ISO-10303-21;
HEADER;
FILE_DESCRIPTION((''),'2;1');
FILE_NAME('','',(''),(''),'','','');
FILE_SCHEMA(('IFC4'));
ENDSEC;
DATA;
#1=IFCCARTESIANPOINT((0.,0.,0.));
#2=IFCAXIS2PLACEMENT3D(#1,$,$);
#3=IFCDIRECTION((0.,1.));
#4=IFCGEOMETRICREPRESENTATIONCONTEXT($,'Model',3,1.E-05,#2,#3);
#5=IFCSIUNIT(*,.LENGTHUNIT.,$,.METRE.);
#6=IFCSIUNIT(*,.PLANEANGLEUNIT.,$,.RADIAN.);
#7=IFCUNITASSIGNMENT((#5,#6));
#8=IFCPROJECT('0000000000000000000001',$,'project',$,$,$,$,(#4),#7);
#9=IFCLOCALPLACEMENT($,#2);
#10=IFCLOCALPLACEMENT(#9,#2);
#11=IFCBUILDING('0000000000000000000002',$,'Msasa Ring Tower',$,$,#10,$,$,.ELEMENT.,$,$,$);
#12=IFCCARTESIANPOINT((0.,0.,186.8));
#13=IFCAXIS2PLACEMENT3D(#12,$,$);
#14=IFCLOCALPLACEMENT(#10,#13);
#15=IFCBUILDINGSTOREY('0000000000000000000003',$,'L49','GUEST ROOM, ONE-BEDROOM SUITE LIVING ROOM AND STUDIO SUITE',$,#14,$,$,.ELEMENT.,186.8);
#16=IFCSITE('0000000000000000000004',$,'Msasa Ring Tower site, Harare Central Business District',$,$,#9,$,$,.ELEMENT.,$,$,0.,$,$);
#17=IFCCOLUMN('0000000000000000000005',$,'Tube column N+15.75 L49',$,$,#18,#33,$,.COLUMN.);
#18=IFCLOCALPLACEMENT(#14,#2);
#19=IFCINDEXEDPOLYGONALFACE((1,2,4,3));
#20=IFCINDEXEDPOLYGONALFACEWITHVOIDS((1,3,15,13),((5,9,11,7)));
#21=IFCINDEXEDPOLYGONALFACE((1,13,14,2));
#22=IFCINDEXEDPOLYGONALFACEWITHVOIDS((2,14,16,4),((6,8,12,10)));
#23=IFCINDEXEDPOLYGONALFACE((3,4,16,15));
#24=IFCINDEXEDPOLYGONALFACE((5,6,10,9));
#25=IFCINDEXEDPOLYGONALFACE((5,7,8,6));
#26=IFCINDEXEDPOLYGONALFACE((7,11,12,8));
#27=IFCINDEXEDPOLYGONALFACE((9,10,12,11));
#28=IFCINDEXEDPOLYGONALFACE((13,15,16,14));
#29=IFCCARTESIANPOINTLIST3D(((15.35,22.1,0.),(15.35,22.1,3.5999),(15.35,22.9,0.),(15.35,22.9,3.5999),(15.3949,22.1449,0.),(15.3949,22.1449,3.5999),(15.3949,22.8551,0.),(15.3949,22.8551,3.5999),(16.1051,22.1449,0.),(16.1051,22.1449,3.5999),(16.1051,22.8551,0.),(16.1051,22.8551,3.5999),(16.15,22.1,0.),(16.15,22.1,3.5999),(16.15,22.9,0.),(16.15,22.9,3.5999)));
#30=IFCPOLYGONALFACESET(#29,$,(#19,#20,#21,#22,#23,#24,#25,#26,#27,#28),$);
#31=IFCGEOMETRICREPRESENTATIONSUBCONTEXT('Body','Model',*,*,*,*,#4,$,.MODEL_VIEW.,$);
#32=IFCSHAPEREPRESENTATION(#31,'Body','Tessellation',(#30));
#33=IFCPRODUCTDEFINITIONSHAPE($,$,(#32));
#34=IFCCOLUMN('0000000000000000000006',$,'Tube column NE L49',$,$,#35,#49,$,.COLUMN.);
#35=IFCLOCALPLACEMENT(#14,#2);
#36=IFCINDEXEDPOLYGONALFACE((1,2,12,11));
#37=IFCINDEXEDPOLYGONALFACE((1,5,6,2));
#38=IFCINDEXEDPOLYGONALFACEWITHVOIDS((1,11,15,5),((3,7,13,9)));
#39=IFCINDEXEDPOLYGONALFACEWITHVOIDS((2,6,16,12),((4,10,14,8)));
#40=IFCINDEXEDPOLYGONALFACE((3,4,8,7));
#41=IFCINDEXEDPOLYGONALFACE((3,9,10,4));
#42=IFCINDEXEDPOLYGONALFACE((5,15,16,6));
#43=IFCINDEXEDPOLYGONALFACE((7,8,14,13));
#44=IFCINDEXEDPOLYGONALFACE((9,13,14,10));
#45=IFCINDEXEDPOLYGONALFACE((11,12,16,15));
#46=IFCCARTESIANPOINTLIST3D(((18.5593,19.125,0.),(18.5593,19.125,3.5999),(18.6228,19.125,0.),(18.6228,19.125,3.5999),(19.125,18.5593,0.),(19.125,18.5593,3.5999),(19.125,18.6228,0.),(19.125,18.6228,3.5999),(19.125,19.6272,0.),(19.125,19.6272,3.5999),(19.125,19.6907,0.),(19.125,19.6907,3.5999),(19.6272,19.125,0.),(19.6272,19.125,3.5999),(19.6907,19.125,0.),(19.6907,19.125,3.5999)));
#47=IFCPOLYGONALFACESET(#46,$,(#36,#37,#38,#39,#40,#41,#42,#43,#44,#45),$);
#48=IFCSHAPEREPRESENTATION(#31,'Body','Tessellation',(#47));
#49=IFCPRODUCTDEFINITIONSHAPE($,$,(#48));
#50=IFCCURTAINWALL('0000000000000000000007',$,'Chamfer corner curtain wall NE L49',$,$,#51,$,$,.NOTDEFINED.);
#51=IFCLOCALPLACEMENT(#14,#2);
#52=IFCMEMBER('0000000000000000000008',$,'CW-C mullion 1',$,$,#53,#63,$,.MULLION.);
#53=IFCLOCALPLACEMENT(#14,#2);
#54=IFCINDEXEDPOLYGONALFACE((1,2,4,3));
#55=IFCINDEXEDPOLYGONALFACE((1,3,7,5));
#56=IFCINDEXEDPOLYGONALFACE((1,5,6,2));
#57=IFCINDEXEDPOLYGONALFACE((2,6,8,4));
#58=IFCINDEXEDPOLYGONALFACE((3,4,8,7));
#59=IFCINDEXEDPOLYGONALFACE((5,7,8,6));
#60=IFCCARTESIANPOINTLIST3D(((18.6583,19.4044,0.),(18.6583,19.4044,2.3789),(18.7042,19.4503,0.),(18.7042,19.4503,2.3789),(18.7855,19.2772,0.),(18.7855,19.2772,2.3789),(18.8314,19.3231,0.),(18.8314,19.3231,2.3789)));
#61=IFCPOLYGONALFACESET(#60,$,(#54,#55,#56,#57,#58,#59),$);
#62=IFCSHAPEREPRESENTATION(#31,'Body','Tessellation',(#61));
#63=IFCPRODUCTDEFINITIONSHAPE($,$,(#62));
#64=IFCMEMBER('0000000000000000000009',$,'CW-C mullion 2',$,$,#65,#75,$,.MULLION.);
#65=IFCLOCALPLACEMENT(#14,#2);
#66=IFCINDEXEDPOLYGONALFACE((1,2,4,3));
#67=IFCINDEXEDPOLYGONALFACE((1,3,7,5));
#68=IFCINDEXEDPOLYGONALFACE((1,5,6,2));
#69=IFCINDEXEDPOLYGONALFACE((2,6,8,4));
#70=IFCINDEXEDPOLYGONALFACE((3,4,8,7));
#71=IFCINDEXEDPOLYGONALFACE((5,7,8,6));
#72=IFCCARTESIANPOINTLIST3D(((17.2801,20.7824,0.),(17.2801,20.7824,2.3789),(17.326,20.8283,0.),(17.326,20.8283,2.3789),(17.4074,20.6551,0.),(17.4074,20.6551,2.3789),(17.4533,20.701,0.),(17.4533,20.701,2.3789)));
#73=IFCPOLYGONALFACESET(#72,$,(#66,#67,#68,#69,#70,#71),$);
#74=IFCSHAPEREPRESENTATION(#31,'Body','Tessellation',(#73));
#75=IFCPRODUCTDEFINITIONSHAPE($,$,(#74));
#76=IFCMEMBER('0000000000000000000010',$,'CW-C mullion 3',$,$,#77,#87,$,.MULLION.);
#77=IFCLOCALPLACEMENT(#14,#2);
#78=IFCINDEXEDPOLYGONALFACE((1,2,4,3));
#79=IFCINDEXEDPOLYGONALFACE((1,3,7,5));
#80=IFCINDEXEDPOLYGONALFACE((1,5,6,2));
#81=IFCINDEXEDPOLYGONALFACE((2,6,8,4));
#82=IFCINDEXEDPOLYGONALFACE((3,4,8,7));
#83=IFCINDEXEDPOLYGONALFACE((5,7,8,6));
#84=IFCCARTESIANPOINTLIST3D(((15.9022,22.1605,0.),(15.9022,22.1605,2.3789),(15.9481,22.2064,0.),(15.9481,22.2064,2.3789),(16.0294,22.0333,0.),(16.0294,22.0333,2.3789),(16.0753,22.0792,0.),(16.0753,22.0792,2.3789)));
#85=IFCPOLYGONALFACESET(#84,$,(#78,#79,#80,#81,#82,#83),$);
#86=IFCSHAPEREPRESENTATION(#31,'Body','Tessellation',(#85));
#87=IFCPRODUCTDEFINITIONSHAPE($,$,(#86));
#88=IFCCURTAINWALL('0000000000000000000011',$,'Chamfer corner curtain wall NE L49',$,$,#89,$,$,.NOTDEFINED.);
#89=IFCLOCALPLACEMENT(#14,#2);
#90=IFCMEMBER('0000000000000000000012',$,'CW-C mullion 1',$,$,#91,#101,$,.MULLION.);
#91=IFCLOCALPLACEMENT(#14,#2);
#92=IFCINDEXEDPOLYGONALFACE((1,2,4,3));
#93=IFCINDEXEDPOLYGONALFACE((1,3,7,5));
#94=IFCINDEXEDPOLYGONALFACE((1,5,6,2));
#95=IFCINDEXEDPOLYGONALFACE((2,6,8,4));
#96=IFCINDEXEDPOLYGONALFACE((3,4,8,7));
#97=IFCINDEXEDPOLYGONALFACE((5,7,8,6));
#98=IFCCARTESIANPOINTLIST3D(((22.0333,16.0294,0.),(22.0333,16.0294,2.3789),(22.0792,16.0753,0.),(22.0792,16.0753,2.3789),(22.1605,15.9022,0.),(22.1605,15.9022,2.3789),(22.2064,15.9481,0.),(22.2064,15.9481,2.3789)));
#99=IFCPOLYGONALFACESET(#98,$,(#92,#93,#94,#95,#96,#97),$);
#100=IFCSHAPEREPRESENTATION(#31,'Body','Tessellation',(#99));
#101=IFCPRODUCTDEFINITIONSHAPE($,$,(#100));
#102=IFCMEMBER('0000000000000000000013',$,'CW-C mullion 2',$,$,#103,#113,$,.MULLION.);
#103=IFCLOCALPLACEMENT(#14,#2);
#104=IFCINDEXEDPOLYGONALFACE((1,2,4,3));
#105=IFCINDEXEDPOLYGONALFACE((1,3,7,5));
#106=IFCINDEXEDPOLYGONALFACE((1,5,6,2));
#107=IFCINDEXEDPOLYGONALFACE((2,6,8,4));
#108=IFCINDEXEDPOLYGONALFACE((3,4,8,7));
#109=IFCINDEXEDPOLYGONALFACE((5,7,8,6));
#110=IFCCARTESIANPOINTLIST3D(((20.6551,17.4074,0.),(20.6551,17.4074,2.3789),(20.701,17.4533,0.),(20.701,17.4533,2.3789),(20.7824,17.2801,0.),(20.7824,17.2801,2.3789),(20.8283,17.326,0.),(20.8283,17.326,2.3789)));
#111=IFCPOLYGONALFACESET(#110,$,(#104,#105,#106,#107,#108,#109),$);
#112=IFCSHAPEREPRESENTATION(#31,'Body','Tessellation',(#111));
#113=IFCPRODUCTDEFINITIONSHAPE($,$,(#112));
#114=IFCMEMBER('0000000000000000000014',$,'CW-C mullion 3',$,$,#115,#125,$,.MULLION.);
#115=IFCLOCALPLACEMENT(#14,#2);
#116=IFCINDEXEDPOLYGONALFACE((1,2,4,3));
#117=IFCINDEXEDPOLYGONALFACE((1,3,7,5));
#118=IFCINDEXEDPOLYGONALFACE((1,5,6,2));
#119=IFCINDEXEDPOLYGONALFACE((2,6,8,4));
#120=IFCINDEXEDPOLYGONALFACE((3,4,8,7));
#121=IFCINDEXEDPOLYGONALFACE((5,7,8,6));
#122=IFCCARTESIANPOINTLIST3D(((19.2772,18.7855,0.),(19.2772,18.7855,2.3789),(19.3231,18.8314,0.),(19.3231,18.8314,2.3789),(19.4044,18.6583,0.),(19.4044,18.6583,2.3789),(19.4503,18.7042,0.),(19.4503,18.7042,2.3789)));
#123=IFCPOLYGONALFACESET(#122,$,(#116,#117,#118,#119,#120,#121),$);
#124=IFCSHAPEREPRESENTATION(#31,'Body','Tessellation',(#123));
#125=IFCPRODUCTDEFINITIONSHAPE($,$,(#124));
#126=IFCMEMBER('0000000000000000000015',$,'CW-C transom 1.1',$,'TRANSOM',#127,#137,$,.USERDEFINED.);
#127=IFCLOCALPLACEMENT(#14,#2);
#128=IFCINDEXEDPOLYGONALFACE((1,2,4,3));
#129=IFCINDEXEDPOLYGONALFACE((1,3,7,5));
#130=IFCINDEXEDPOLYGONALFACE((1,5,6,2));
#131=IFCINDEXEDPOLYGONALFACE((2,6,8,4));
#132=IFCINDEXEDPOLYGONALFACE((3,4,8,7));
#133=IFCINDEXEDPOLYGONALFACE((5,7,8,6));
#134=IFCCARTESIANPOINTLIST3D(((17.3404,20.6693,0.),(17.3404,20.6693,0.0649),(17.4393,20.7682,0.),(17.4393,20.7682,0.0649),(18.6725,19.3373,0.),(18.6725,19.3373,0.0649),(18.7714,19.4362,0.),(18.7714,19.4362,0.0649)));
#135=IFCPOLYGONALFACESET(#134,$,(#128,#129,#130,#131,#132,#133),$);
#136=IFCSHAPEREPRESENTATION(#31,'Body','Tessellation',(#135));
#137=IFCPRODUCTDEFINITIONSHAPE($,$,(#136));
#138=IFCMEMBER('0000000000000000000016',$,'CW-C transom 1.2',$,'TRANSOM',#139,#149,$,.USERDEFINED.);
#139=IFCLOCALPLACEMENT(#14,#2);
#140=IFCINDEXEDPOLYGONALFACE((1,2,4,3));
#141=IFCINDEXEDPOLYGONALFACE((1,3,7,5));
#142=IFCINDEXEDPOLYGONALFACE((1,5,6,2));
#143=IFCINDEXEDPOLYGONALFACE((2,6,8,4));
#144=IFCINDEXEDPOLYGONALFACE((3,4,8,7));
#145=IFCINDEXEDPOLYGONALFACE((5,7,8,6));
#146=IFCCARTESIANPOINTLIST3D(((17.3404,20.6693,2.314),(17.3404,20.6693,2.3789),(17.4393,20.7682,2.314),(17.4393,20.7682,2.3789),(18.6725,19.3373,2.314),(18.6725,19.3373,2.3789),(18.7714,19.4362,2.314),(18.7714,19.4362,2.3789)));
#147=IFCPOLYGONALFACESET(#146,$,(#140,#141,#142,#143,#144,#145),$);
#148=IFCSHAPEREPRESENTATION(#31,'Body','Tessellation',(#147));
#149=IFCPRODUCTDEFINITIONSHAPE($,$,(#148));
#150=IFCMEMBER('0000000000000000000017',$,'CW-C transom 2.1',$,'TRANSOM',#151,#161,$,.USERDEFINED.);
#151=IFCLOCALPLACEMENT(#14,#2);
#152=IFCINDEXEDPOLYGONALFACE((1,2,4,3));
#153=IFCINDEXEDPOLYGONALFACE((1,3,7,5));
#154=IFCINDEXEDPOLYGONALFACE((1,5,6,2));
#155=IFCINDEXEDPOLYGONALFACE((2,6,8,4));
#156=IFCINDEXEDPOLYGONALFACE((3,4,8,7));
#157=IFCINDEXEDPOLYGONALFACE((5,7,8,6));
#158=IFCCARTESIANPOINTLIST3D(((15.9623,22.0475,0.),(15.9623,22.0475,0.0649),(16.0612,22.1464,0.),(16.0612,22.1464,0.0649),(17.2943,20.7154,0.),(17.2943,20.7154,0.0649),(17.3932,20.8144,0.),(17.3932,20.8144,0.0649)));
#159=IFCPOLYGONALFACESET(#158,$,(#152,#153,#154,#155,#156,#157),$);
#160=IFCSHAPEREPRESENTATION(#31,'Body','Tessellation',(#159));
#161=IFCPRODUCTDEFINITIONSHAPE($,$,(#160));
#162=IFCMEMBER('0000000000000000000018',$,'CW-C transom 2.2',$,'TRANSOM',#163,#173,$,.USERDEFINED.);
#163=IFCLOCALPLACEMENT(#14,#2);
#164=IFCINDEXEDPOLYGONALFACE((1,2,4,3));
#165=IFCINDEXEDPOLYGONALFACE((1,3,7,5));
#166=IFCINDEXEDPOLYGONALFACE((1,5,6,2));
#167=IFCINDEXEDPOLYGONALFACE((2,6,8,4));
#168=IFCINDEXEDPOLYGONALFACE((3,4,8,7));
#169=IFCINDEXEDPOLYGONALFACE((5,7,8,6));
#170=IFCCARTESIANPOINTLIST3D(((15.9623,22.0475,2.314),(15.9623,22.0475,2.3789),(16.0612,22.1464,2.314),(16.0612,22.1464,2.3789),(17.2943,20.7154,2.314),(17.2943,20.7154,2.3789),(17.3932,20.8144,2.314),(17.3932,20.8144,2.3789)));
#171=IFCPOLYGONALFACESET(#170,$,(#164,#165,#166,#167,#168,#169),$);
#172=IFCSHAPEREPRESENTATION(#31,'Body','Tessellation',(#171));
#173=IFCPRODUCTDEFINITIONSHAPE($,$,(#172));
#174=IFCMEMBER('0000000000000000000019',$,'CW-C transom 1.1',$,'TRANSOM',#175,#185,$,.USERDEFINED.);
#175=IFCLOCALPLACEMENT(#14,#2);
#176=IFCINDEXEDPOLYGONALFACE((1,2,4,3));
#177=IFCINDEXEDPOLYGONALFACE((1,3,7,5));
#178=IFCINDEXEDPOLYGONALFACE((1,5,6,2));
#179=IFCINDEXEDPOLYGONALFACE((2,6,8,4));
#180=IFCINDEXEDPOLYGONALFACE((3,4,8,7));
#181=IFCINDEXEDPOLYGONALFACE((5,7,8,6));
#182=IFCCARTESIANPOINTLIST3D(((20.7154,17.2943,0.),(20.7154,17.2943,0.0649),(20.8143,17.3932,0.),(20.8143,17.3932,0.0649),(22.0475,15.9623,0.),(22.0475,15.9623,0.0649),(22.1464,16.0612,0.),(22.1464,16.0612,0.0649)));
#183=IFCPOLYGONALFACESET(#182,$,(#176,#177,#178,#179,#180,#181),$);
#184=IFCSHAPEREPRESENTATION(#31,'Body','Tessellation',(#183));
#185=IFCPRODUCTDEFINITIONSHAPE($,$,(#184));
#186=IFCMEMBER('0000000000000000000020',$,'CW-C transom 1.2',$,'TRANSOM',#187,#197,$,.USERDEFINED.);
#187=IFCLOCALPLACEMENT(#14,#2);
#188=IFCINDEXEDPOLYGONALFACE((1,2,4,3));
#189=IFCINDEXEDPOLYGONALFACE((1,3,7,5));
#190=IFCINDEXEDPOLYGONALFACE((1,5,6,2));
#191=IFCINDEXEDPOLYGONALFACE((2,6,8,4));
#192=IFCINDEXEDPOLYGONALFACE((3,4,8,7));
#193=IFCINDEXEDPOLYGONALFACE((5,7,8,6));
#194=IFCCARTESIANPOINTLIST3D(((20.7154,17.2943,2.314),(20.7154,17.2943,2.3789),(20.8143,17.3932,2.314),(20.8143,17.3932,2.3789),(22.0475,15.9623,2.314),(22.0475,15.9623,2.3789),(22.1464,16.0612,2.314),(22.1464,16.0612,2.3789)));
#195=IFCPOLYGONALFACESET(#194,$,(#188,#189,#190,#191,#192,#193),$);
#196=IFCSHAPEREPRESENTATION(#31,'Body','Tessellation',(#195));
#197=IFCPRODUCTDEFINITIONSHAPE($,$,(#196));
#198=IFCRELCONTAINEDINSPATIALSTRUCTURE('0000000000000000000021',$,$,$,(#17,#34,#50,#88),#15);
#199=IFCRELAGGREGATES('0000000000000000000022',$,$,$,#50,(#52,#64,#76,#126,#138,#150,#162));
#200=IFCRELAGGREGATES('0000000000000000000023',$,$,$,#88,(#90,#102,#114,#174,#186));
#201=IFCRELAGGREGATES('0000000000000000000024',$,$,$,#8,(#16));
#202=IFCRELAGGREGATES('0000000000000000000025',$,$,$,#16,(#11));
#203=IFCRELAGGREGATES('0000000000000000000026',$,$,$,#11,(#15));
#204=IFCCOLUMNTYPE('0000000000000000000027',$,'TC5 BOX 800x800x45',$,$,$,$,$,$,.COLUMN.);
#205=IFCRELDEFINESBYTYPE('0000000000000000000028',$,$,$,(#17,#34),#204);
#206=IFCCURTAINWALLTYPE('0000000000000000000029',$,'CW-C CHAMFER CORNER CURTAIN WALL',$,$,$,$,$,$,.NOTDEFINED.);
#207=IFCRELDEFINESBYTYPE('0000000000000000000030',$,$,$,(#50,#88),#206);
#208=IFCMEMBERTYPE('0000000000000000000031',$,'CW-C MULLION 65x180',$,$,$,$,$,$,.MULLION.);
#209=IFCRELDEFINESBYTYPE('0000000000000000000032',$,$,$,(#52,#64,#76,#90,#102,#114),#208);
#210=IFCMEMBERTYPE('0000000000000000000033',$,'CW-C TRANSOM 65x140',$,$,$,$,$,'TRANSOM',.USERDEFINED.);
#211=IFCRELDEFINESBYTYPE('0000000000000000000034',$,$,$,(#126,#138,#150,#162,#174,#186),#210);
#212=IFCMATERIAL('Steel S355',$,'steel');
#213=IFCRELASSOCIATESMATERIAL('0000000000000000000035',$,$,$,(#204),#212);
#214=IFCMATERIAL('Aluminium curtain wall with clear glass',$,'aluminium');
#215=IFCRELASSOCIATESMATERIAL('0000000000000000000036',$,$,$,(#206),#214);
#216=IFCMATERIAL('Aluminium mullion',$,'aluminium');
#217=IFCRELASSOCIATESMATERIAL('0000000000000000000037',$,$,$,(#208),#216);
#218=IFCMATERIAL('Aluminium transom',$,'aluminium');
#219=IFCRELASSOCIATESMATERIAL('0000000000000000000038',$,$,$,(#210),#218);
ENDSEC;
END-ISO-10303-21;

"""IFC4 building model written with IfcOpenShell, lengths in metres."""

from ifc_helpers import new_model, si_unit, direction, frame, origin, origin_2d, place, context, subcontext, project, spatial, rectangle, hollow_rectangle, extrude, material, material_profile, profile_set, type_object, element, aggregate, save


model = new_model("IFC4")

# Units and contexts
model_context = context("Model", 3, precision=1e-05, world=origin(), true_north=direction((0.0, 1.0)))
body_context = subcontext(model_context, "Body", "Model", "MODEL_VIEW")
ifc_project = project(units=[si_unit("LENGTHUNIT", "METRE"), si_unit("PLANEANGLEUNIT", "RADIAN")], contexts=[model_context])

# Site, building, storey
site_placement = place(None, origin())
site = spatial("IfcSite", under=ifc_project, at=site_placement, Name="Msasa Ring Tower site, Harare Central Business District", CompositionType="ELEMENT", RefElevation=0.0)
building_placement = place(site_placement, origin())
building = spatial("IfcBuilding", under=site, at=building_placement, Name="Msasa Ring Tower", CompositionType="ELEMENT")
storey_placement = place(building_placement, frame((0.0, 0.0, 186.8)))
storey = spatial("IfcBuildingStorey", under=building, at=storey_placement, Name="L49", Description="GUEST ROOM, ONE-BEDROOM SUITE LIVING ROOM AND STUDIO SUITE", CompositionType="ELEMENT", Elevation=186.8)

# Columns
ifc_material_1 = material(Name="Steel S355", Category="steel")
ifc_material_profile_1 = material_profile(ifc_material_1, hollow_rectangle(XDim=0.8, YDim=0.8, WallThickness=0.0449, at=origin_2d()), Name="BOX 800x800x45")
ifc_profile_set_1 = profile_set([ifc_material_profile_1], Name="Steel S355")
column_type = type_object("IfcColumnType", Name="TC5 BOX 800x800x45", PredefinedType="COLUMN", material=ifc_profile_set_1)
for number, where, z_axis, x_axis, name in (
    (1, (15.75, 22.5, 0.0), (0.0, 0.0, 1.0), (0.0, 1.0, 0.0), "Tube column N+15.75 L49"),
    (2, (19.125, 19.125, 0.0), (0.0, 0.0, 1.0), (0.707107, 0.707107, 0.0), "Tube column NE L49"),
):
    element("IfcColumn", number, at=place(storey_placement, frame(where, z_axis=z_axis, x_axis=x_axis)), inside=storey, type_object=column_type, Name=name, PredefinedType="COLUMN", context=body_context, shape_type="SweptSolid", body=[
        extrude(hollow_rectangle(XDim=0.8, YDim=0.8, WallThickness=0.0449, at=origin_2d()), origin(), (0.0, 0.0, 1.0), 3.5999),
    ])

# Curtain walls, members
ifc_material_2 = material(Name="Aluminium curtain wall with clear glass", Category="aluminium")
curtain_wall_type = type_object("IfcCurtainWallType", Name="CW-C CHAMFER CORNER CURTAIN WALL", PredefinedType="NOTDEFINED", material=ifc_material_2)
curtain_wall_1_placement = place(storey_placement, origin())
curtain_wall_1 = element("IfcCurtainWall", 3, at=curtain_wall_1_placement, inside=storey, type_object=curtain_wall_type, Name="Chamfer corner curtain wall NE L49", PredefinedType="NOTDEFINED")
ifc_material_3 = material(Name="Aluminium mullion", Category="aluminium")
ifc_material_profile_2 = material_profile(ifc_material_3, rectangle(XDim=0.0649, YDim=0.1799, at=origin_2d()), Name="AL 65x180")
ifc_profile_set_2 = profile_set([ifc_material_profile_2], Name="Aluminium mullion")
member_type_1 = type_object("IfcMemberType", Name="CW-C MULLION 65x180", PredefinedType="MULLION", material=ifc_profile_set_2)
member_1_placement = place(storey_placement, frame((18.7449, 19.3638, 0.0), z_axis=(0.0, 0.0, 1.0), x_axis=(-0.707107, -0.707107, 0.0)))
member_1 = element("IfcMember", 4, at=member_1_placement, type_object=member_type_1, Name="CW-C mullion 1", PredefinedType="MULLION", context=body_context, shape_type="SweptSolid", body=[
    extrude(rectangle(XDim=0.0649, YDim=0.1799, at=origin_2d()), origin(), (0.0, 0.0, 1.0), 2.3789),
])
member_2_placement = place(storey_placement, frame((17.3667, 20.7417, 0.0), z_axis=(0.0, 0.0, 1.0), x_axis=(-0.707107, -0.707107, 0.0)))
member_2 = element("IfcMember", 5, at=member_2_placement, type_object=member_type_1, Name="CW-C mullion 2", PredefinedType="MULLION", context=body_context, shape_type="SweptSolid", body=[
    extrude(rectangle(XDim=0.0649, YDim=0.1799, at=origin_2d()), origin(), (0.0, 0.0, 1.0), 2.3789),
])
member_3_placement = place(storey_placement, frame((15.9888, 22.1199, 0.0), z_axis=(0.0, 0.0, 1.0), x_axis=(-0.707107, -0.707107, 0.0)))
member_3 = element("IfcMember", 6, at=member_3_placement, type_object=member_type_1, Name="CW-C mullion 3", PredefinedType="MULLION", context=body_context, shape_type="SweptSolid", body=[
    extrude(rectangle(XDim=0.0649, YDim=0.1799, at=origin_2d()), origin(), (0.0, 0.0, 1.0), 2.3789),
])
curtain_wall_2_placement = place(storey_placement, origin())
curtain_wall_2 = element("IfcCurtainWall", 7, at=curtain_wall_2_placement, inside=storey, type_object=curtain_wall_type, Name="Chamfer corner curtain wall NE L49", PredefinedType="NOTDEFINED")
member_4_placement = place(storey_placement, frame((22.1199, 15.9888, 0.0), z_axis=(0.0, 0.0, 1.0), x_axis=(-0.707107, -0.707107, 0.0)))
member_4 = element("IfcMember", 8, at=member_4_placement, type_object=member_type_1, Name="CW-C mullion 1", PredefinedType="MULLION", context=body_context, shape_type="SweptSolid", body=[
    extrude(rectangle(XDim=0.0649, YDim=0.1799, at=origin_2d()), origin(), (0.0, 0.0, 1.0), 2.3789),
])
member_5_placement = place(storey_placement, frame((20.7417, 17.3667, 0.0), z_axis=(0.0, 0.0, 1.0), x_axis=(-0.707107, -0.707107, 0.0)))
member_5 = element("IfcMember", 9, at=member_5_placement, type_object=member_type_1, Name="CW-C mullion 2", PredefinedType="MULLION", context=body_context, shape_type="SweptSolid", body=[
    extrude(rectangle(XDim=0.0649, YDim=0.1799, at=origin_2d()), origin(), (0.0, 0.0, 1.0), 2.3789),
])
member_6_placement = place(storey_placement, frame((19.3638, 18.7449, 0.0), z_axis=(0.0, 0.0, 1.0), x_axis=(-0.707107, -0.707107, 0.0)))
member_6 = element("IfcMember", 10, at=member_6_placement, type_object=member_type_1, Name="CW-C mullion 3", PredefinedType="MULLION", context=body_context, shape_type="SweptSolid", body=[
    extrude(rectangle(XDim=0.0649, YDim=0.1799, at=origin_2d()), origin(), (0.0, 0.0, 1.0), 2.3789),
])

# Members
ifc_material_4 = material(Name="Aluminium transom", Category="aluminium")
ifc_material_profile_3 = material_profile(ifc_material_4, rectangle(XDim=0.1399, YDim=0.0649, at=origin_2d()), Name="AL 65x140")
ifc_profile_set_3 = profile_set([ifc_material_profile_3], Name="Aluminium transom")
member_type_2 = type_object("IfcMemberType", Name="CW-C TRANSOM 65x140", ElementType="TRANSOM", PredefinedType="USERDEFINED", material=ifc_profile_set_3)
member_7_placement = place(storey_placement, frame((18.7219, 19.3867, 0.0325), z_axis=(-0.707107, 0.707107, 0.0), x_axis=(-0.707107, -0.707107, 0.0)))
member_7 = element("IfcMember", 11, at=member_7_placement, type_object=member_type_2, Name="CW-C transom 1.1", ObjectType="TRANSOM", PredefinedType="USERDEFINED", context=body_context, shape_type="SweptSolid", body=[
    extrude(rectangle(XDim=0.1399, YDim=0.0649, at=origin_2d()), origin(), (0.0, 0.0, 1.0), 1.8838),
])
member_8_placement = place(storey_placement, frame((18.7219, 19.3867, 2.3464), z_axis=(-0.707107, 0.707107, 0.0), x_axis=(-0.707107, -0.707107, 0.0)))
member_8 = element("IfcMember", 12, at=member_8_placement, type_object=member_type_2, Name="CW-C transom 1.2", ObjectType="TRANSOM", PredefinedType="USERDEFINED", context=body_context, shape_type="SweptSolid", body=[
    extrude(rectangle(XDim=0.1399, YDim=0.0649, at=origin_2d()), origin(), (0.0, 0.0, 1.0), 1.8838),
])
member_9_placement = place(storey_placement, frame((17.3438, 20.7649, 0.0325), z_axis=(-0.707107, 0.707107, 0.0), x_axis=(-0.707107, -0.707107, 0.0)))
member_9 = element("IfcMember", 13, at=member_9_placement, type_object=member_type_2, Name="CW-C transom 2.1", ObjectType="TRANSOM", PredefinedType="USERDEFINED", context=body_context, shape_type="SweptSolid", body=[
    extrude(rectangle(XDim=0.1399, YDim=0.0649, at=origin_2d()), origin(), (0.0, 0.0, 1.0), 1.8838),
])
member_10_placement = place(storey_placement, frame((17.3438, 20.7649, 2.3464), z_axis=(-0.707107, 0.707107, 0.0), x_axis=(-0.707107, -0.707107, 0.0)))
member_10 = element("IfcMember", 14, at=member_10_placement, type_object=member_type_2, Name="CW-C transom 2.2", ObjectType="TRANSOM", PredefinedType="USERDEFINED", context=body_context, shape_type="SweptSolid", body=[
    extrude(rectangle(XDim=0.1399, YDim=0.0649, at=origin_2d()), origin(), (0.0, 0.0, 1.0), 1.8838),
])
member_11_placement = place(storey_placement, frame((22.0969, 16.0117, 0.0325), z_axis=(-0.707107, 0.707107, 0.0), x_axis=(-0.707107, -0.707107, 0.0)))
member_11 = element("IfcMember", 15, at=member_11_placement, type_object=member_type_2, Name="CW-C transom 1.1", ObjectType="TRANSOM", PredefinedType="USERDEFINED", context=body_context, shape_type="SweptSolid", body=[
    extrude(rectangle(XDim=0.1399, YDim=0.0649, at=origin_2d()), origin(), (0.0, 0.0, 1.0), 1.8838),
])
member_12_placement = place(storey_placement, frame((22.0969, 16.0117, 2.3464), z_axis=(-0.707107, 0.707107, 0.0), x_axis=(-0.707107, -0.707107, 0.0)))
member_12 = element("IfcMember", 16, at=member_12_placement, type_object=member_type_2, Name="CW-C transom 1.2", ObjectType="TRANSOM", PredefinedType="USERDEFINED", context=body_context, shape_type="SweptSolid", body=[
    extrude(rectangle(XDim=0.1399, YDim=0.0649, at=origin_2d()), origin(), (0.0, 0.0, 1.0), 1.8838),
])

aggregate(curtain_wall_1, [member_1, member_2, member_3, member_7, member_8, member_9, member_10])
aggregate(curtain_wall_2, [member_4, member_5, member_6, member_11, member_12])

save(model, "model.ifc")
